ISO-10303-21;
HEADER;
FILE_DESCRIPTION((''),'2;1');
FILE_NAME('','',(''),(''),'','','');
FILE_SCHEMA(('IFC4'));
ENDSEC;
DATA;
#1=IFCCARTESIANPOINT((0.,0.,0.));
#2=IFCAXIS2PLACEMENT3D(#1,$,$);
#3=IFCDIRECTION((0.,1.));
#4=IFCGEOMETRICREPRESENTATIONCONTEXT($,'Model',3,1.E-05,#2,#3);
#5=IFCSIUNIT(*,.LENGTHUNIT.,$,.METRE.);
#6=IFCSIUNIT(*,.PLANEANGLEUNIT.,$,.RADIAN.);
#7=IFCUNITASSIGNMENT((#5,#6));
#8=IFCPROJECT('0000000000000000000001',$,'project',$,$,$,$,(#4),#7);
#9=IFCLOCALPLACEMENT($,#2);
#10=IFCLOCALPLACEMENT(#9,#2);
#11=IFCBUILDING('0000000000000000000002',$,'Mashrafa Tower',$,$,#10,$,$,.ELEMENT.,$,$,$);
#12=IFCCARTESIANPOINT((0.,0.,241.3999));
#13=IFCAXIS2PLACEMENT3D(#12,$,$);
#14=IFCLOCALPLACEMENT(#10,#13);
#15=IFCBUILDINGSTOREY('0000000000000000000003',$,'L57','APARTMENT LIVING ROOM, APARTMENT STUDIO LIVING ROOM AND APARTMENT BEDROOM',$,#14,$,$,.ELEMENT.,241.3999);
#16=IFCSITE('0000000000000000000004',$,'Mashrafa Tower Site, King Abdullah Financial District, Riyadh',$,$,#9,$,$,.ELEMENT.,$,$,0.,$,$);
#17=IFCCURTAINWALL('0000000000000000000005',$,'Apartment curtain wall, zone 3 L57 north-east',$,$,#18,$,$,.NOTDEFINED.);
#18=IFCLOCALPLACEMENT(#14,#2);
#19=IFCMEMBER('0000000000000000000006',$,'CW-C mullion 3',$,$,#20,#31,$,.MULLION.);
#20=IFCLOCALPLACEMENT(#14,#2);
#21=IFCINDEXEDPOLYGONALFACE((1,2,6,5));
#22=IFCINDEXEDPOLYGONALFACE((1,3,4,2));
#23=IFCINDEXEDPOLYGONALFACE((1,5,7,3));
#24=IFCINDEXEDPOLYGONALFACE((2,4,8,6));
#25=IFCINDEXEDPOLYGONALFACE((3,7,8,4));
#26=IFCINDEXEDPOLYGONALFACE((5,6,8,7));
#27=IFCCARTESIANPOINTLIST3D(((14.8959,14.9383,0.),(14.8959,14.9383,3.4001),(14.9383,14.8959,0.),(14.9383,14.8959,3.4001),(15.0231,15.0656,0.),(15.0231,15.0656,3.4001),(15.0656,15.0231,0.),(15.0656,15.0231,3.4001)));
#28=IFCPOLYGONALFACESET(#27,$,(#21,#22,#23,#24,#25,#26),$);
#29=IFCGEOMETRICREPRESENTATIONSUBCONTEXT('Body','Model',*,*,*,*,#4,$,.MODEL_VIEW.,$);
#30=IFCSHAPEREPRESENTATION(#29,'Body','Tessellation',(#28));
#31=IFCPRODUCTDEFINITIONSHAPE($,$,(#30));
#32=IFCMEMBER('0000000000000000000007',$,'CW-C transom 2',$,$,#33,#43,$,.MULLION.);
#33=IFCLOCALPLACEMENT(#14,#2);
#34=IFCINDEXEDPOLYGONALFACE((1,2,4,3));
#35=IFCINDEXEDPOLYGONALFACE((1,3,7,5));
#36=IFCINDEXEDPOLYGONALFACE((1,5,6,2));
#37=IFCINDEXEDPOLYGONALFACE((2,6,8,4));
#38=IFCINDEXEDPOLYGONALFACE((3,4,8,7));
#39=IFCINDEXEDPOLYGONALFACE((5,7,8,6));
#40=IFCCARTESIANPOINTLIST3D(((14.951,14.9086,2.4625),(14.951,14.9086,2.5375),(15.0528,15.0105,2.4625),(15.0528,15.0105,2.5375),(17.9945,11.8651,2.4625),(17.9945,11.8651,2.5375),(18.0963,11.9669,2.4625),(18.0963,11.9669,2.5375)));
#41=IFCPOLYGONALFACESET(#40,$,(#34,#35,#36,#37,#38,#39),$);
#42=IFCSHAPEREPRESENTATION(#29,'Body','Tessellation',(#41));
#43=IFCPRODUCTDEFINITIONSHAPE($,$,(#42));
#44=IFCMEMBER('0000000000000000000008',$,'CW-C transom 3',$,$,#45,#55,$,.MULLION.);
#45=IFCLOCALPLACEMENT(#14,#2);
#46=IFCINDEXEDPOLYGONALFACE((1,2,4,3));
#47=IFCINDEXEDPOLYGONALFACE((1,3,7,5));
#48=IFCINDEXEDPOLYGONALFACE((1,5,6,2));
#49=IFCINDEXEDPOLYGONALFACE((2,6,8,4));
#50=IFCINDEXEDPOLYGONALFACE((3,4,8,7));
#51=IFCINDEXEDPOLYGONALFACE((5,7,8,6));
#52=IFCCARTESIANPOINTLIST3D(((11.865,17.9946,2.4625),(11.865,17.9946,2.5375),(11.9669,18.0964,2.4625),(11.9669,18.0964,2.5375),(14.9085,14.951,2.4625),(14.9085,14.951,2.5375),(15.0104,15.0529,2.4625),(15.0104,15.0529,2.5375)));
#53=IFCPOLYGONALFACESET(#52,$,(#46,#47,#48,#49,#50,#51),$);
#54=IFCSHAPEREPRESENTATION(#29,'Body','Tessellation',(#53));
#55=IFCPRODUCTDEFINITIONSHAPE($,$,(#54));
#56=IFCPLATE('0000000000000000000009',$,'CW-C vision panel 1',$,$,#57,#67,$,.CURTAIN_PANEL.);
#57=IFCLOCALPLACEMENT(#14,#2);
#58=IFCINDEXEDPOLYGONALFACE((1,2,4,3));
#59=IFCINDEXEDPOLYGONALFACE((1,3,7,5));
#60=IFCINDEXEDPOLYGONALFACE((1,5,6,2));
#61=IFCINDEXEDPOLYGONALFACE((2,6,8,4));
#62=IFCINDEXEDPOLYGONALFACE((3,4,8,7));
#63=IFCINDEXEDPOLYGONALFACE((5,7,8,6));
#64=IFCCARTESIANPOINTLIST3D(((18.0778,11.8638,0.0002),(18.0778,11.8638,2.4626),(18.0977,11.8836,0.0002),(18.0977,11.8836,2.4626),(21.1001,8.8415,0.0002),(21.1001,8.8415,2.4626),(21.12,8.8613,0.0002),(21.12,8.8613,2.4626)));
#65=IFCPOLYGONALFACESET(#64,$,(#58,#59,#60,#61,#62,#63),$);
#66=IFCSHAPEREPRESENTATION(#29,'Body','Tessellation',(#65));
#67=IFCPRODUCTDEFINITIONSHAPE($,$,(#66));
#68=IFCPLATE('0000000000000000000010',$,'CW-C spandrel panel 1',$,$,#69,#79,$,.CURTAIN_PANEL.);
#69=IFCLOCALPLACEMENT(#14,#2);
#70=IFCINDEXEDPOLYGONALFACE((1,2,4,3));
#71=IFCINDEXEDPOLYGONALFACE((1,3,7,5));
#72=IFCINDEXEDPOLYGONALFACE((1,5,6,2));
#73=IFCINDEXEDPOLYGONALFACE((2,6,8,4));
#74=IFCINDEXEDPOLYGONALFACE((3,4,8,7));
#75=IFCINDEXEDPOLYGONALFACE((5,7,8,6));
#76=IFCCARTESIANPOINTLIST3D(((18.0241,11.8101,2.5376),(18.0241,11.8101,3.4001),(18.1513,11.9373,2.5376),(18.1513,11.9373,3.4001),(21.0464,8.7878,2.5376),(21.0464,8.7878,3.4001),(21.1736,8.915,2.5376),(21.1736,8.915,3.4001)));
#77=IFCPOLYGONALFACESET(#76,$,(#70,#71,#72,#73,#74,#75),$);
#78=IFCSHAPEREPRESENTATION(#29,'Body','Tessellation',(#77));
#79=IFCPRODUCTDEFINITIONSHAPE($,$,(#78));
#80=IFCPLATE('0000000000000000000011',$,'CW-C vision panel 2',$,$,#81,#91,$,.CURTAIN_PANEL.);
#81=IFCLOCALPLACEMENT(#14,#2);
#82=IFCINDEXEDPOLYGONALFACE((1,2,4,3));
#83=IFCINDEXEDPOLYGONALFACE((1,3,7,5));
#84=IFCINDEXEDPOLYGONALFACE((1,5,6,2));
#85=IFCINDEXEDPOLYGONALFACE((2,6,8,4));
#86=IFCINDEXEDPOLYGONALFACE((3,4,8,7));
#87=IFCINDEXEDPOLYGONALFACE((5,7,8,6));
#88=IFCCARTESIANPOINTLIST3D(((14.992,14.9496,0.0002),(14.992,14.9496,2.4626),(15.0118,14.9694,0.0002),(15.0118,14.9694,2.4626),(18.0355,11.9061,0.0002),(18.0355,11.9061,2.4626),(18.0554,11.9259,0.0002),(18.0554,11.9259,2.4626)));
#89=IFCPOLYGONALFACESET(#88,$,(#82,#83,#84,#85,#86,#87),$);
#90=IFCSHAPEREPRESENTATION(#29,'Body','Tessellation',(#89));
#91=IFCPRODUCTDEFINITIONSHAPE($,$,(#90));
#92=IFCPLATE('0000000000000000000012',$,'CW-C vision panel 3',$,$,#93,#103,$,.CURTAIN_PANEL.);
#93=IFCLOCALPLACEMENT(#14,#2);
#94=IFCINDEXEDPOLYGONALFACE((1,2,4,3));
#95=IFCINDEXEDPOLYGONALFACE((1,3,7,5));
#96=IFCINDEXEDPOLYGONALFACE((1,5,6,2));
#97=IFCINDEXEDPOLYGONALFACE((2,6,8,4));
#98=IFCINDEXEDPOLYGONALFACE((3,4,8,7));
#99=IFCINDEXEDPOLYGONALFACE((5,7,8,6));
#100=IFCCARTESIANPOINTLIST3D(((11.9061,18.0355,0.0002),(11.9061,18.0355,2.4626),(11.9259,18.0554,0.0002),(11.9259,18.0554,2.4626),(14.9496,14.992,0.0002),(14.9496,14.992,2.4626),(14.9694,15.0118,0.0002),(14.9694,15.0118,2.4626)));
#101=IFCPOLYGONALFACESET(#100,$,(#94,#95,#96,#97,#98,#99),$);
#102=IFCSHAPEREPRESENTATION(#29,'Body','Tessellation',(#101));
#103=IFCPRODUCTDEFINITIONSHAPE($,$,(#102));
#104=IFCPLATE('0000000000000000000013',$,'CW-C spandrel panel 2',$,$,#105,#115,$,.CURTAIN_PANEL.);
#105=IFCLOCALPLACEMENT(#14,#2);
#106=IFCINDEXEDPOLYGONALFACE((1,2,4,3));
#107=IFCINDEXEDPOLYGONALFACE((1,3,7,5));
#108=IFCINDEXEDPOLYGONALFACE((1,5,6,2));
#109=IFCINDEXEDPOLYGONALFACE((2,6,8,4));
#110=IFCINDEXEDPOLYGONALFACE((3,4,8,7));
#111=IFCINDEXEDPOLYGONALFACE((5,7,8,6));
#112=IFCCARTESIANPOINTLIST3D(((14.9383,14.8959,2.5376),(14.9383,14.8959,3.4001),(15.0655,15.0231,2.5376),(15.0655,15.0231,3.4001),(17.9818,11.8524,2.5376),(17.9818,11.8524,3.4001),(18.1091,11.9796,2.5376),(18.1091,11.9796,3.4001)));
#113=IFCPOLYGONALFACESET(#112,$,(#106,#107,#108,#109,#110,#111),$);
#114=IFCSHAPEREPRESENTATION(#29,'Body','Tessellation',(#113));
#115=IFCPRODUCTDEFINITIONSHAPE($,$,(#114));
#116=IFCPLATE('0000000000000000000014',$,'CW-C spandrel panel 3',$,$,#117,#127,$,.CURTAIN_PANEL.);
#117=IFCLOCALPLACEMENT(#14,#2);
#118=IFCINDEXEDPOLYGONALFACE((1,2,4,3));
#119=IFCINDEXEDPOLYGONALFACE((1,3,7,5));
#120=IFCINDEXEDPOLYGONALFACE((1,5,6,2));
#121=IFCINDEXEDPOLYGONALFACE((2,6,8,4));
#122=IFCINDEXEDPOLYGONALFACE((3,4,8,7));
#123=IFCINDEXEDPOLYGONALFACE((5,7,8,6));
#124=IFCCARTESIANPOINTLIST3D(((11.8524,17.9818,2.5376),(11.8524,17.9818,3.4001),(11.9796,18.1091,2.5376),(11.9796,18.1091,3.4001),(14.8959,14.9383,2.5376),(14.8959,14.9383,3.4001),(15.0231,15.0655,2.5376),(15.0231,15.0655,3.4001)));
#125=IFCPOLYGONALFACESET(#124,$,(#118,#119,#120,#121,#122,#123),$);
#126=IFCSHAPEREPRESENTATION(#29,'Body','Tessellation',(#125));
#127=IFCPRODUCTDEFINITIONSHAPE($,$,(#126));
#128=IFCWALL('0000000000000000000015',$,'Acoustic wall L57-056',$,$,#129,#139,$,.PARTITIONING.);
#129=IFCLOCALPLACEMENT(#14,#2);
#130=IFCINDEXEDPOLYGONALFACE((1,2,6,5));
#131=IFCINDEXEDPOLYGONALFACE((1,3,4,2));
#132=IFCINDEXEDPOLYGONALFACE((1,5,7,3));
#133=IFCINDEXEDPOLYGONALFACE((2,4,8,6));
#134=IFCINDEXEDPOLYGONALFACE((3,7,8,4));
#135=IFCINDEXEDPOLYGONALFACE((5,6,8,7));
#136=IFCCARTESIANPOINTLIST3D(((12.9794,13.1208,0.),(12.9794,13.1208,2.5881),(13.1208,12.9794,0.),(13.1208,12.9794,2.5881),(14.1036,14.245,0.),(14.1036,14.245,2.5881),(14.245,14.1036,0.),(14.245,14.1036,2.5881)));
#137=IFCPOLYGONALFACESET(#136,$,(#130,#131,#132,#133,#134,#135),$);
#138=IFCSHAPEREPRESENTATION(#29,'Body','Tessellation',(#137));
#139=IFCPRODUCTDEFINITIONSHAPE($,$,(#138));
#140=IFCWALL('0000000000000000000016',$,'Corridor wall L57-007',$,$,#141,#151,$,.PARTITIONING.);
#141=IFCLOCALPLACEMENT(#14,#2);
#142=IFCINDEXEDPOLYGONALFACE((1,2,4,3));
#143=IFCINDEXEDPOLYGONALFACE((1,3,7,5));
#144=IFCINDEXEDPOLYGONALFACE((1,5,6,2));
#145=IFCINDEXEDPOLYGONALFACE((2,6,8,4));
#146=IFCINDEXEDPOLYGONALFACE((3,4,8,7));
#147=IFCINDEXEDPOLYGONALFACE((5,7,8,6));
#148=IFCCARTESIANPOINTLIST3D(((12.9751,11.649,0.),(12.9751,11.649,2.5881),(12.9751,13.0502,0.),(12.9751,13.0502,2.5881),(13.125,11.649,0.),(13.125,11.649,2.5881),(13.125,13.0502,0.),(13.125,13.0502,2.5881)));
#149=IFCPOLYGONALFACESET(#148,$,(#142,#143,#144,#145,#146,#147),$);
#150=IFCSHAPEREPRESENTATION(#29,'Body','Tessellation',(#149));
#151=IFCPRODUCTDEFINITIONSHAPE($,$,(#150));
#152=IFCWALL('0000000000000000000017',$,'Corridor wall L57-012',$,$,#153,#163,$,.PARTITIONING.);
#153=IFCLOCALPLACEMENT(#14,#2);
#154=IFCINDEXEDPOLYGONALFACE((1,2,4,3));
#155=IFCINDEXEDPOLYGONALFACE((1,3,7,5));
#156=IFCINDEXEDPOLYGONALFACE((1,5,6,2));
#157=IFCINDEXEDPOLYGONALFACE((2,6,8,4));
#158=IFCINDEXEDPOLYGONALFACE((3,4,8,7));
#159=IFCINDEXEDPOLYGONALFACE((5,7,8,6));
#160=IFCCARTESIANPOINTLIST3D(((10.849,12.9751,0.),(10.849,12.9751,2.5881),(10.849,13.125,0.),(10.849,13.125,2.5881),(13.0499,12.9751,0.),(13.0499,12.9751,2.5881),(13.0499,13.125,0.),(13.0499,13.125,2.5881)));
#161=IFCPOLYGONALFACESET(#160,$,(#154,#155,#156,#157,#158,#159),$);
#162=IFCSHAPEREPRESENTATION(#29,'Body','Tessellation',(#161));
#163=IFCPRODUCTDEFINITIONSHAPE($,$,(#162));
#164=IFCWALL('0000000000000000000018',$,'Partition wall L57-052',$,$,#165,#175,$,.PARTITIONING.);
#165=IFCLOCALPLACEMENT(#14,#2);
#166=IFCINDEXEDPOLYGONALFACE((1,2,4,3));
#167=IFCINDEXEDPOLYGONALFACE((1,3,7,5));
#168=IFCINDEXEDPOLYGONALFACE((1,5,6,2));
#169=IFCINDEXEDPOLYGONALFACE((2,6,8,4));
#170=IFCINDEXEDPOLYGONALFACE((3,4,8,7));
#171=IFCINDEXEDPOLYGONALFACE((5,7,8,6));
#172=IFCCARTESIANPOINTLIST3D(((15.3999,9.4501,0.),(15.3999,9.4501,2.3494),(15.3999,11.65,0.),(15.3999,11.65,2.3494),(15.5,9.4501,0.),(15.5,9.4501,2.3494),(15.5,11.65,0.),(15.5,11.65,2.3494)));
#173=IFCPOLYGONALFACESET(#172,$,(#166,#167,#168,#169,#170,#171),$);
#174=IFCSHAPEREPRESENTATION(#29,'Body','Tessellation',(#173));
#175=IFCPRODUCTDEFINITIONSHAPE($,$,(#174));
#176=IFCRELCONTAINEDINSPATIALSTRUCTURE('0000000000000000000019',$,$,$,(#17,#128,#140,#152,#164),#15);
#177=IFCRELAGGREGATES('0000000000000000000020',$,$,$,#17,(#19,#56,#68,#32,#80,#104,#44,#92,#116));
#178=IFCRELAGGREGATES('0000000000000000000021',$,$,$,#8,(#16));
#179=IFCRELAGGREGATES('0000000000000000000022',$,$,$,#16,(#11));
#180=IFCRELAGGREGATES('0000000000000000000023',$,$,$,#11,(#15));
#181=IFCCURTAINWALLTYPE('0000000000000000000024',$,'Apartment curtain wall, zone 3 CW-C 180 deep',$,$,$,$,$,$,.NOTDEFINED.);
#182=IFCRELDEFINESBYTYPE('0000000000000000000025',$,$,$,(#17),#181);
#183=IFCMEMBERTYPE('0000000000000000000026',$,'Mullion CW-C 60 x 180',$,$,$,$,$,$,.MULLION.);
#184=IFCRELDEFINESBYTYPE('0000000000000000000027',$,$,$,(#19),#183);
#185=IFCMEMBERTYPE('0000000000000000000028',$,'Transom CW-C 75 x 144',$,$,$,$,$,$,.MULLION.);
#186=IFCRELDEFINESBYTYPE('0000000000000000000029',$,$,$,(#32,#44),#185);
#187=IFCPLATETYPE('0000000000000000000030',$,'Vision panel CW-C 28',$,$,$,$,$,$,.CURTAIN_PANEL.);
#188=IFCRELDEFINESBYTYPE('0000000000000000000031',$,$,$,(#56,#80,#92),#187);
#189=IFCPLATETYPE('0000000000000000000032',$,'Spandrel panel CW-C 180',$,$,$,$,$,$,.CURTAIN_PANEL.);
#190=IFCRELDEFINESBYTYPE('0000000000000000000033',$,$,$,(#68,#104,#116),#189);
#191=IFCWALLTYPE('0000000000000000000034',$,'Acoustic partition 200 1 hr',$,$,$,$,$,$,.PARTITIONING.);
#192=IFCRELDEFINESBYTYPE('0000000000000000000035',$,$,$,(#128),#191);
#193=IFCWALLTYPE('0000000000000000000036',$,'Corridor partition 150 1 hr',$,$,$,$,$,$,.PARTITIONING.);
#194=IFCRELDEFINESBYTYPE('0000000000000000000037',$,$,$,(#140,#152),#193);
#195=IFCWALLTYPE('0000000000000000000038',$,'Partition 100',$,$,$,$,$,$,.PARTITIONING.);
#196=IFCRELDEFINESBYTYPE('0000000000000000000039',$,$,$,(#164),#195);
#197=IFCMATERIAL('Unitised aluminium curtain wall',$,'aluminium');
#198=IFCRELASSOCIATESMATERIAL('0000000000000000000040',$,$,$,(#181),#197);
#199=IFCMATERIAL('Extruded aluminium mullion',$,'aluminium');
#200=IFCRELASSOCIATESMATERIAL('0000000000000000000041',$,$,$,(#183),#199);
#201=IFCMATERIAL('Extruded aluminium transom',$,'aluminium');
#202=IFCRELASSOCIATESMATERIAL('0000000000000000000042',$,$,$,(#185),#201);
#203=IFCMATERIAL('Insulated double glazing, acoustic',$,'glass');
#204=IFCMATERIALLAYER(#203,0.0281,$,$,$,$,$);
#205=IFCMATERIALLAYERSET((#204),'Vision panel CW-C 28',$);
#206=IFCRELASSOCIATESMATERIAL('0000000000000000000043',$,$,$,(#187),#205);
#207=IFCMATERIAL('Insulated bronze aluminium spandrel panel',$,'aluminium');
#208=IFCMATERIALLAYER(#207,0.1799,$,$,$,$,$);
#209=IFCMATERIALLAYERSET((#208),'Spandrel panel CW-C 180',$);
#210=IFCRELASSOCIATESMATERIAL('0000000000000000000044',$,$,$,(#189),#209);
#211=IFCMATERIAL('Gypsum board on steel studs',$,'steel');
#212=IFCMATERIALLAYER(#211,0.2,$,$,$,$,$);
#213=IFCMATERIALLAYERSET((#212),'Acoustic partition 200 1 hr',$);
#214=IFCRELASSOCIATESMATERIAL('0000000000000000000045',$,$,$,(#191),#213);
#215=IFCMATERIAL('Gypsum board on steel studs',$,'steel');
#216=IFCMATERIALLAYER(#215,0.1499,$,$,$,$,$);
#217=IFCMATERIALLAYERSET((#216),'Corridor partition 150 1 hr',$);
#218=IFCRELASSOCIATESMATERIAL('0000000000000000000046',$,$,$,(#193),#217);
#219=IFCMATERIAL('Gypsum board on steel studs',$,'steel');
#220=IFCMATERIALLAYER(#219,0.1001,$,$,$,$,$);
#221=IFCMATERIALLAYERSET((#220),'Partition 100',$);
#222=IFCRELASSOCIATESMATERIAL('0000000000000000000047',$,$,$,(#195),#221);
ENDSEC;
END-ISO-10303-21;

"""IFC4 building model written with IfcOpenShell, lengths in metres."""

from ifc_helpers import new_model, si_unit, direction, frame, frame_2d, origin, origin_2d, place, context, subcontext, project, spatial, rectangle, extrude, source, transform, mapped, material, layer, layer_set, material_profile, profile_set, type_object, type_shapes, element, aggregate, save


model = new_model("IFC4")

# Units and contexts
model_context = context("Model", 3, precision=1e-05, world=origin(), true_north=direction((0.0, 1.0)))
body_context = subcontext(model_context, "Body", "Model", "MODEL_VIEW")
ifc_project = project(units=[si_unit("LENGTHUNIT", "METRE"), si_unit("PLANEANGLEUNIT", "RADIAN")], contexts=[model_context])

# Site, building, storey
site_placement = place(None, origin())
site = spatial("IfcSite", under=ifc_project, at=site_placement, Name="Mashrafa Tower Site, King Abdullah Financial District, Riyadh", CompositionType="ELEMENT", RefElevation=0.0)
building_placement = place(site_placement, origin())
building = spatial("IfcBuilding", under=site, at=building_placement, Name="Mashrafa Tower", CompositionType="ELEMENT")
storey_placement = place(building_placement, frame((0.0, 0.0, 241.3999)))
storey = spatial("IfcBuildingStorey", under=building, at=storey_placement, Name="L57", Description="APARTMENT LIVING ROOM, APARTMENT STUDIO LIVING ROOM AND APARTMENT BEDROOM", CompositionType="ELEMENT", Elevation=241.3999)

# Curtain wall, members, plates
ifc_material_1 = material(Name="Unitised aluminium curtain wall", Category="aluminium")
curtain_wall_type = type_object("IfcCurtainWallType", Name="Apartment curtain wall, zone 3 CW-C 180 deep", PredefinedType="NOTDEFINED", material=ifc_material_1)
curtain_wall_placement = place(storey_placement, origin())
curtain_wall = element("IfcCurtainWall", 1, at=curtain_wall_placement, inside=storey, type_object=curtain_wall_type, Name="Apartment curtain wall, zone 3 L57 north-east", PredefinedType="NOTDEFINED")
ifc_material_2 = material(Name="Extruded aluminium mullion", Category="aluminium")
ifc_material_profile_1 = material_profile(ifc_material_2, rectangle(XDim=0.1799, YDim=0.0601, at=origin_2d()), Name="Mullion 60x180")
ifc_profile_set_1 = profile_set([ifc_material_profile_1], Name="Extruded aluminium mullion")
member_type_1 = type_object("IfcMemberType", Name="Mullion CW-C 60 x 180", PredefinedType="MULLION", material=ifc_profile_set_1)
shared_shape_1 = source(origin(), body_context, "Body", "SweptSolid", [
    extrude(rectangle(XDim=0.1799, YDim=0.0601, at=origin_2d()), origin(), (0.0, 0.0, 1.0), 3.4001),
])
type_shapes(member_type_1, [shared_shape_1])
member_1_placement = place(storey_placement, frame((14.9807, 14.9807, 0.0), z_axis=(0.0, 0.0, 1.0), x_axis=(-0.707107, -0.707107, 0.0)))
member_1 = element("IfcMember", 2, at=member_1_placement, type_object=member_type_1, Name="CW-C mullion 3", PredefinedType="MULLION", context=body_context, shape_type="MappedRepresentation", body=[
    mapped(shared_shape_1, transform((0.0, 0.0, 0.0))),
])
ifc_material_3 = material(Name="Extruded aluminium transom", Category="aluminium")
ifc_material_profile_2 = material_profile(ifc_material_3, rectangle(XDim=0.144, YDim=0.075, at=origin_2d()), Name="Transom 75x144")
ifc_profile_set_2 = profile_set([ifc_material_profile_2], Name="Extruded aluminium transom")
member_type_2 = type_object("IfcMemberType", Name="Transom CW-C 75 x 144", PredefinedType="MULLION", material=ifc_profile_set_2)
shared_shape_2 = source(origin(), body_context, "Body", "SweptSolid", [
    extrude(rectangle(XDim=0.144, YDim=0.075, at=origin_2d()), origin(), (0.0, 0.0, 1.0), 4.3042),
])
type_shapes(member_type_2, [shared_shape_2])
member_2_placement = place(storey_placement, frame((18.0454, 11.916, 2.5), z_axis=(-0.707107, 0.707107, 0.0), x_axis=(-0.707107, -0.707107, 0.0)))
member_2 = element("IfcMember", 3, at=member_2_placement, type_object=member_type_2, Name="CW-C transom 2", PredefinedType="MULLION", context=body_context, shape_type="MappedRepresentation", body=[
    mapped(shared_shape_2, transform((0.0, 0.0, 0.0))),
])
member_3_placement = place(storey_placement, frame((14.9595, 15.002, 2.5), z_axis=(-0.707107, 0.707107, 0.0), x_axis=(-0.707107, -0.707107, 0.0)))
member_3 = element("IfcMember", 4, at=member_3_placement, type_object=member_type_2, Name="CW-C transom 3", PredefinedType="MULLION", context=body_context, shape_type="MappedRepresentation", body=[
    mapped(shared_shape_2, transform((0.0, 0.0, 0.0))),
])
ifc_material_4 = material(Name="Insulated double glazing, acoustic", Category="glass")
ifc_layer_1 = layer(ifc_material_4, 0.0281)
ifc_layer_set_1 = layer_set([ifc_layer_1], Name="Vision panel CW-C 28")
plate_type_1 = type_object("IfcPlateType", Name="Vision panel CW-C 28", PredefinedType="CURTAIN_PANEL", material=ifc_layer_set_1)
shared_shape_3 = source(origin(), body_context, "Body", "SweptSolid", [
    extrude(rectangle(XDim=4.2742, YDim=0.0281, at=origin_2d()), origin(), (0.0, 0.0, 1.0), 2.4624),
])
plate_1_placement = place(storey_placement, frame((19.5989, 10.3625, 0.0002), z_axis=(0.0, 0.0, 1.0), x_axis=(-0.707107, 0.707107, 0.0)))
plate_1 = element("IfcPlate", 5, at=plate_1_placement, type_object=plate_type_1, Name="CW-C vision panel 1", PredefinedType="CURTAIN_PANEL", context=body_context, shape_type="MappedRepresentation", body=[
    mapped(shared_shape_3, transform((0.0, 0.0, 0.0))),
])
ifc_material_5 = material(Name="Insulated bronze aluminium spandrel panel", Category="aluminium")
ifc_layer_2 = layer(ifc_material_5, 0.1799)
ifc_layer_set_2 = layer_set([ifc_layer_2], Name="Spandrel panel CW-C 180")
plate_type_2 = type_object("IfcPlateType", Name="Spandrel panel CW-C 180", PredefinedType="CURTAIN_PANEL", material=ifc_layer_set_2)
shared_shape_4 = source(origin(), body_context, "Body", "SweptSolid", [
    extrude(rectangle(XDim=4.2742, YDim=0.1799, at=origin_2d()), origin(), (0.0, 0.0, 1.0), 0.8625),
])
plate_2_placement = place(storey_placement, frame((19.5989, 10.3625, 2.5376), z_axis=(0.0, 0.0, 1.0), x_axis=(-0.707107, 0.707107, 0.0)))
plate_2 = element("IfcPlate", 6, at=plate_2_placement, type_object=plate_type_2, Name="CW-C spandrel panel 1", PredefinedType="CURTAIN_PANEL", context=body_context, shape_type="MappedRepresentation", body=[
    mapped(shared_shape_4, transform((0.0, 0.0, 0.0))),
])
shared_shape_5 = source(origin(), body_context, "Body", "SweptSolid", [
    extrude(rectangle(XDim=4.3042, YDim=0.0281, at=origin_2d()), origin(), (0.0, 0.0, 1.0), 2.4624),
])
type_shapes(plate_type_1, [shared_shape_3, shared_shape_5])
plate_3_placement = place(storey_placement, frame((16.5237, 13.4377, 0.0002), z_axis=(0.0, 0.0, 1.0), x_axis=(-0.707107, 0.707107, 0.0)))
plate_3 = element("IfcPlate", 7, at=plate_3_placement, type_object=plate_type_1, Name="CW-C vision panel 2", PredefinedType="CURTAIN_PANEL", context=body_context, shape_type="MappedRepresentation", body=[
    mapped(shared_shape_5, transform((0.0, 0.0, 0.0))),
])
plate_4_placement = place(storey_placement, frame((13.4377, 16.5237, 0.0002), z_axis=(0.0, 0.0, 1.0), x_axis=(-0.707107, 0.707107, 0.0)))
plate_4 = element("IfcPlate", 8, at=plate_4_placement, type_object=plate_type_1, Name="CW-C vision panel 3", PredefinedType="CURTAIN_PANEL", context=body_context, shape_type="MappedRepresentation", body=[
    mapped(shared_shape_5, transform((0.0, 0.0, 0.0))),
])
shared_shape_6 = source(origin(), body_context, "Body", "SweptSolid", [
    extrude(rectangle(XDim=4.3042, YDim=0.1799, at=origin_2d()), origin(), (0.0, 0.0, 1.0), 0.8625),
])
type_shapes(plate_type_2, [shared_shape_4, shared_shape_6])
plate_5_placement = place(storey_placement, frame((16.5237, 13.4377, 2.5376), z_axis=(0.0, 0.0, 1.0), x_axis=(-0.707107, 0.707107, 0.0)))
plate_5 = element("IfcPlate", 9, at=plate_5_placement, type_object=plate_type_2, Name="CW-C spandrel panel 2", PredefinedType="CURTAIN_PANEL", context=body_context, shape_type="MappedRepresentation", body=[
    mapped(shared_shape_6, transform((0.0, 0.0, 0.0))),
])
plate_6_placement = place(storey_placement, frame((13.4377, 16.5237, 2.5376), z_axis=(0.0, 0.0, 1.0), x_axis=(-0.707107, 0.707107, 0.0)))
plate_6 = element("IfcPlate", 10, at=plate_6_placement, type_object=plate_type_2, Name="CW-C spandrel panel 3", PredefinedType="CURTAIN_PANEL", context=body_context, shape_type="MappedRepresentation", body=[
    mapped(shared_shape_6, transform((0.0, 0.0, 0.0))),
])
aggregate(curtain_wall, [member_1, plate_1, plate_2, member_2, plate_3, plate_5, member_3, plate_4, plate_6])

# Walls
ifc_material_6 = material(Name="Gypsum board on steel studs", Category="steel")
ifc_layer_3 = layer(ifc_material_6, 0.2)
ifc_layer_set_3 = layer_set([ifc_layer_3], Name="Acoustic partition 200 1 hr")
wall_type_1 = type_object("IfcWallType", Name="Acoustic partition 200 1 hr", PredefinedType="PARTITIONING", material=ifc_layer_set_3)
wall_1_placement = place(storey_placement, frame((14.1743, 14.1743, 0.0), z_axis=(0.0, 0.0, 1.0), x_axis=(-0.707107, -0.707107, 0.0)))
element("IfcWall", 11, at=wall_1_placement, inside=storey, type_object=wall_type_1, Name="Acoustic wall L57-056", PredefinedType="PARTITIONING", context=body_context, shape_type="SweptSolid", body=[
    extrude(rectangle(XDim=1.5898, YDim=0.2, at=frame_2d((0.7949, 0.0))), origin(), (0.0, 0.0, 1.0), 2.5881),
])
ifc_material_7 = material(Name="Gypsum board on steel studs", Category="steel")
ifc_layer_4 = layer(ifc_material_7, 0.1499)
ifc_layer_set_4 = layer_set([ifc_layer_4], Name="Corridor partition 150 1 hr")
wall_type_2 = type_object("IfcWallType", Name="Corridor partition 150 1 hr", PredefinedType="PARTITIONING", material=ifc_layer_set_4)
wall_2_placement = place(storey_placement, frame((13.05, 11.6489, 0.0), z_axis=(0.0, 0.0, 1.0), x_axis=(0.0, 1.0, 0.0)))
element("IfcWall", 12, at=wall_2_placement, inside=storey, type_object=wall_type_2, Name="Corridor wall L57-007", PredefinedType="PARTITIONING", context=body_context, shape_type="SweptSolid", body=[
    extrude(rectangle(XDim=1.4011, YDim=0.1499, at=frame_2d((0.7007, 0.0))), origin(), (0.0, 0.0, 1.0), 2.5881),
])
wall_3_placement = place(storey_placement, frame((13.05, 13.05, 0.0), z_axis=(0.0, 0.0, 1.0), x_axis=(-1.0, 0.0, 0.0)))
element("IfcWall", 13, at=wall_3_placement, inside=storey, type_object=wall_type_2, Name="Corridor wall L57-012", PredefinedType="PARTITIONING", context=body_context, shape_type="SweptSolid", body=[
    extrude(rectangle(XDim=2.2009, YDim=0.1499, at=frame_2d((1.1006, 0.0))), origin(), (0.0, 0.0, 1.0), 2.5881),
])
ifc_material_8 = material(Name="Gypsum board on steel studs", Category="steel")
ifc_layer_5 = layer(ifc_material_8, 0.1001)
ifc_layer_set_5 = layer_set([ifc_layer_5], Name="Partition 100")
wall_type_3 = type_object("IfcWallType", Name="Partition 100", PredefinedType="PARTITIONING", material=ifc_layer_set_5)
wall_4_placement = place(storey_placement, frame((15.45, 9.45, 0.0), z_axis=(0.0, 0.0, 1.0), x_axis=(0.0, 1.0, 0.0)))
element("IfcWall", 14, at=wall_4_placement, inside=storey, type_object=wall_type_3, Name="Partition wall L57-052", PredefinedType="PARTITIONING", context=body_context, shape_type="SweptSolid", body=[
    extrude(rectangle(XDim=2.2, YDim=0.1001, at=frame_2d((1.1001, 0.0))), origin(), (0.0, 0.0, 1.0), 2.3494),
])

save(model, "model.ifc")
